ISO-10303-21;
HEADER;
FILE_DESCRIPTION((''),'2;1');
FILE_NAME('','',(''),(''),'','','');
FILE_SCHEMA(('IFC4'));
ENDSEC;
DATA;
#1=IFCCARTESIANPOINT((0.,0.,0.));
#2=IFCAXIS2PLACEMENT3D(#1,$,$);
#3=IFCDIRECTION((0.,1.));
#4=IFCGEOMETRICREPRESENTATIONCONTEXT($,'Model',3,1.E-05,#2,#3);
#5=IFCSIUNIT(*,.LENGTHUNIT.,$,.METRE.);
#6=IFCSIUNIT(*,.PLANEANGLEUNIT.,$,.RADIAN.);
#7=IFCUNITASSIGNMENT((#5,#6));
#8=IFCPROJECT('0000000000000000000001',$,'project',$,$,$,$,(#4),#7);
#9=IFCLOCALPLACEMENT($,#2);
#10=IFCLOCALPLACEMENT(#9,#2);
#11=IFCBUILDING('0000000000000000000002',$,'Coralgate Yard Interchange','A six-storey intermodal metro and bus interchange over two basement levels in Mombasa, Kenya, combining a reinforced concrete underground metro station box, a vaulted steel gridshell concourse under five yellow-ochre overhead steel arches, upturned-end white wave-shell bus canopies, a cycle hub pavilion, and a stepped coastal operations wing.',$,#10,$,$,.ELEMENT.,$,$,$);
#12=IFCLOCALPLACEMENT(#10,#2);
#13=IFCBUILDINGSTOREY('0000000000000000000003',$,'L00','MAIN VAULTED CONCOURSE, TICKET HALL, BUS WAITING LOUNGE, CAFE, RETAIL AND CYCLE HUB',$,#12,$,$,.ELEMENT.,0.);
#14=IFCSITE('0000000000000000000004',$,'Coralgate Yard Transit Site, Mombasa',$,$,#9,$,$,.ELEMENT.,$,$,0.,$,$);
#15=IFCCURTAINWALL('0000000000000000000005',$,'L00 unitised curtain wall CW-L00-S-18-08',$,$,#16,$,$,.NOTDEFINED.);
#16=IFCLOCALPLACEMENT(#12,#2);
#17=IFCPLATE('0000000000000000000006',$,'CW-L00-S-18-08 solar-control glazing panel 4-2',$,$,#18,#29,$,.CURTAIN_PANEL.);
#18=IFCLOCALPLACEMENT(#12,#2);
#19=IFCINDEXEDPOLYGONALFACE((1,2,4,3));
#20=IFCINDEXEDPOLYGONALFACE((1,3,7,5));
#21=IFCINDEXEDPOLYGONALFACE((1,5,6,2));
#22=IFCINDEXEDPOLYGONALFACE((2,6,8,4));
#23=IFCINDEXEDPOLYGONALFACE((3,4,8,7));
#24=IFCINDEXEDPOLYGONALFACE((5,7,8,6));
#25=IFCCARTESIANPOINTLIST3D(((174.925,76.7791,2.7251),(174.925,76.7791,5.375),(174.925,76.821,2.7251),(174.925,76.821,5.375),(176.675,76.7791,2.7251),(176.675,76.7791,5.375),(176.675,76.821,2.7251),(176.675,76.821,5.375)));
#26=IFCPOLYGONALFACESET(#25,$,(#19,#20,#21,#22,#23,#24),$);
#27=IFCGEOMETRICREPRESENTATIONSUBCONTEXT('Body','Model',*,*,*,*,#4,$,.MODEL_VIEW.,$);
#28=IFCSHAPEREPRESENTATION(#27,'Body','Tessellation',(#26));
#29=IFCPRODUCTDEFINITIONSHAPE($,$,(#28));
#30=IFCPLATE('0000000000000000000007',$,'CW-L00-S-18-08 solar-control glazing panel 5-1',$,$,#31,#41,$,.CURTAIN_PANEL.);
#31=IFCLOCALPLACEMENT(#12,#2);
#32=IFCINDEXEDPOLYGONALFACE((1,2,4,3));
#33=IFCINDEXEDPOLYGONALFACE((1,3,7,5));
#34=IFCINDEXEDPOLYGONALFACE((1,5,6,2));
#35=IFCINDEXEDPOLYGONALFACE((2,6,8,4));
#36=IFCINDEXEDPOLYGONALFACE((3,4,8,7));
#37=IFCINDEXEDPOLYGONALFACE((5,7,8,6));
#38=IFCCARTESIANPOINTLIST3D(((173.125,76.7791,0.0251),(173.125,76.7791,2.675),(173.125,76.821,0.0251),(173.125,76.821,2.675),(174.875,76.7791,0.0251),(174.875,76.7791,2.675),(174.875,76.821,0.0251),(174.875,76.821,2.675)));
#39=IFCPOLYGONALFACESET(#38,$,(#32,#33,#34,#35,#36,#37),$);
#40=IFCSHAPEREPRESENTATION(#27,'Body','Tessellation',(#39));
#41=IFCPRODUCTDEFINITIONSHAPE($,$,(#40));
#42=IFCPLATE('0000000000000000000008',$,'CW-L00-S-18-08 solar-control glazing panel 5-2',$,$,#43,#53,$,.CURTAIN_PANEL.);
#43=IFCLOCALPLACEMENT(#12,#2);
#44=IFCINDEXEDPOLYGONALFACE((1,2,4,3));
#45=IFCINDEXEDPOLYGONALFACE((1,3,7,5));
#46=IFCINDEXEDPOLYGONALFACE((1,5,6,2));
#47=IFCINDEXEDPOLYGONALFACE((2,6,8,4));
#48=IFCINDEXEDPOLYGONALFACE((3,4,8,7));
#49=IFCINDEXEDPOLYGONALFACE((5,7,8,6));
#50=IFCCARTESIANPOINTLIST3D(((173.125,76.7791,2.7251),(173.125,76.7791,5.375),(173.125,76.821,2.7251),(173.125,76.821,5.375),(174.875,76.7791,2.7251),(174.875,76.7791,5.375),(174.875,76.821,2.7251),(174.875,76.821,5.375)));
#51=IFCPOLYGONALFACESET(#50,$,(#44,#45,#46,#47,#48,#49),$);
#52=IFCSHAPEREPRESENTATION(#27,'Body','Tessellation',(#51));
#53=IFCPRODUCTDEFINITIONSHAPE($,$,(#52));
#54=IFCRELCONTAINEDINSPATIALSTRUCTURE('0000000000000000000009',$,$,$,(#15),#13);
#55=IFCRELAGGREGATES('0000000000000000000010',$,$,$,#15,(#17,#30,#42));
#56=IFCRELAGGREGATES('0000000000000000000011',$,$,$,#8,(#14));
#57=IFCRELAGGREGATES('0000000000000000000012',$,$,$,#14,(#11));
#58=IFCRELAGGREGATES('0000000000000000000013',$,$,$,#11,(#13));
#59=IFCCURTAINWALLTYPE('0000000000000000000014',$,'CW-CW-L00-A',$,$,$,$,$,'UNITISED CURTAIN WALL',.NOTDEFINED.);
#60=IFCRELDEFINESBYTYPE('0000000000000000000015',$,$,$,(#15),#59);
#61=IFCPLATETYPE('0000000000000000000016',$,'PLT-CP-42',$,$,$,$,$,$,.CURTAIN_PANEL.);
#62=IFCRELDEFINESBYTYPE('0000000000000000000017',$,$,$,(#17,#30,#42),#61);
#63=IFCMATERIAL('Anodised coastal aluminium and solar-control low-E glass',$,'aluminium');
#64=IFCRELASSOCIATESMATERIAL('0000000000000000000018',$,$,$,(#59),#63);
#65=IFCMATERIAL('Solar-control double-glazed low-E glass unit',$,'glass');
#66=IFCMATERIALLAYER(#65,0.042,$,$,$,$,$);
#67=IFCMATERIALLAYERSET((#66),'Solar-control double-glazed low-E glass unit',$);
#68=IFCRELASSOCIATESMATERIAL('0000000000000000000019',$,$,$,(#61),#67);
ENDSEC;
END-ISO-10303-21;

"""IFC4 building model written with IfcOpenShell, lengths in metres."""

from ifc_helpers import new_model, si_unit, direction, frame, origin, origin_2d, place, context, subcontext, project, spatial, rectangle, extrude, material, layer, layer_set, type_object, element, aggregate, save


model = new_model("IFC4")

# Units and contexts
model_context = context("Model", 3, precision=1e-05, world=origin(), true_north=direction((0.0, 1.0)))
body_context = subcontext(model_context, "Body", "Model", "MODEL_VIEW")
ifc_project = project(units=[si_unit("LENGTHUNIT", "METRE"), si_unit("PLANEANGLEUNIT", "RADIAN")], contexts=[model_context])

# Site, building, storey
site_placement = place(None, origin())
site = spatial("IfcSite", under=ifc_project, at=site_placement, Name="Coralgate Yard Transit Site, Mombasa", CompositionType="ELEMENT", RefElevation=0.0)
building_placement = place(site_placement, origin())
building = spatial("IfcBuilding", under=site, at=building_placement, Name="Coralgate Yard Interchange", Description="A six-storey intermodal metro and bus interchange over two basement levels in Mombasa, Kenya, combining a reinforced concrete underground metro station box, a vaulted steel gridshell concourse under five yellow-ochre overhead steel arches, upturned-end white wave-shell bus canopies, a cycle hub pavilion, and a stepped coastal operations wing.", CompositionType="ELEMENT")
storey_placement = place(building_placement, origin())
storey = spatial("IfcBuildingStorey", under=building, at=storey_placement, Name="L00", Description="MAIN VAULTED CONCOURSE, TICKET HALL, BUS WAITING LOUNGE, CAFE, RETAIL AND CYCLE HUB", CompositionType="ELEMENT", Elevation=0.0)

# Shared definitions
ifc_material_1 = material(Name="Anodised coastal aluminium and solar-control low-E glass", Category="aluminium")

# Curtain wall, plates
curtain_wall_type_1 = type_object("IfcCurtainWallType", Name="CW-CW-L00-A", ElementType="UNITISED CURTAIN WALL", PredefinedType="NOTDEFINED", material=ifc_material_1)
curtain_wall_1_placement = place(storey_placement, origin())
curtain_wall_1 = element("IfcCurtainWall", 1, at=curtain_wall_1_placement, inside=storey, type_object=curtain_wall_type_1, Name="L00 unitised curtain wall CW-L00-S-18-08", PredefinedType="NOTDEFINED")
ifc_material_2 = material(Name="Solar-control double-glazed low-E glass unit", Category="glass")
ifc_layer = layer(ifc_material_2, 0.042)
ifc_layer_set = layer_set([ifc_layer], Name="Solar-control double-glazed low-E glass unit")
plate_type = type_object("IfcPlateType", Name="PLT-CP-42", PredefinedType="CURTAIN_PANEL", material=ifc_layer_set)
plate_1_placement = place(storey_placement, frame((175.8, 76.8, 2.7251), z_axis=(0.0, 0.0, 1.0), x_axis=(-1.0, 0.0, 0.0)))
plate_1 = element("IfcPlate", 2, at=plate_1_placement, type_object=plate_type, Name="CW-L00-S-18-08 solar-control glazing panel 4-2", PredefinedType="CURTAIN_PANEL", context=body_context, shape_type="SweptSolid", body=[
    extrude(rectangle(XDim=1.75, YDim=0.042, at=origin_2d()), origin(), (0.0, 0.0, 1.0), 2.6499),
])
plate_2_placement = place(storey_placement, frame((174.0, 76.8, 0.0251), z_axis=(0.0, 0.0, 1.0), x_axis=(-1.0, 0.0, 0.0)))
plate_2 = element("IfcPlate", 3, at=plate_2_placement, type_object=plate_type, Name="CW-L00-S-18-08 solar-control glazing panel 5-1", PredefinedType="CURTAIN_PANEL", context=body_context, shape_type="SweptSolid", body=[
    extrude(rectangle(XDim=1.75, YDim=0.042, at=origin_2d()), origin(), (0.0, 0.0, 1.0), 2.6499),
])
plate_3_placement = place(storey_placement, frame((174.0, 76.8, 2.7251), z_axis=(0.0, 0.0, 1.0), x_axis=(-1.0, 0.0, 0.0)))
plate_3 = element("IfcPlate", 4, at=plate_3_placement, type_object=plate_type, Name="CW-L00-S-18-08 solar-control glazing panel 5-2", PredefinedType="CURTAIN_PANEL", context=body_context, shape_type="SweptSolid", body=[
    extrude(rectangle(XDim=1.75, YDim=0.042, at=origin_2d()), origin(), (0.0, 0.0, 1.0), 2.6499),
])
aggregate(curtain_wall_1, [plate_1, plate_2, plate_3])

save(model, "model.ifc")
